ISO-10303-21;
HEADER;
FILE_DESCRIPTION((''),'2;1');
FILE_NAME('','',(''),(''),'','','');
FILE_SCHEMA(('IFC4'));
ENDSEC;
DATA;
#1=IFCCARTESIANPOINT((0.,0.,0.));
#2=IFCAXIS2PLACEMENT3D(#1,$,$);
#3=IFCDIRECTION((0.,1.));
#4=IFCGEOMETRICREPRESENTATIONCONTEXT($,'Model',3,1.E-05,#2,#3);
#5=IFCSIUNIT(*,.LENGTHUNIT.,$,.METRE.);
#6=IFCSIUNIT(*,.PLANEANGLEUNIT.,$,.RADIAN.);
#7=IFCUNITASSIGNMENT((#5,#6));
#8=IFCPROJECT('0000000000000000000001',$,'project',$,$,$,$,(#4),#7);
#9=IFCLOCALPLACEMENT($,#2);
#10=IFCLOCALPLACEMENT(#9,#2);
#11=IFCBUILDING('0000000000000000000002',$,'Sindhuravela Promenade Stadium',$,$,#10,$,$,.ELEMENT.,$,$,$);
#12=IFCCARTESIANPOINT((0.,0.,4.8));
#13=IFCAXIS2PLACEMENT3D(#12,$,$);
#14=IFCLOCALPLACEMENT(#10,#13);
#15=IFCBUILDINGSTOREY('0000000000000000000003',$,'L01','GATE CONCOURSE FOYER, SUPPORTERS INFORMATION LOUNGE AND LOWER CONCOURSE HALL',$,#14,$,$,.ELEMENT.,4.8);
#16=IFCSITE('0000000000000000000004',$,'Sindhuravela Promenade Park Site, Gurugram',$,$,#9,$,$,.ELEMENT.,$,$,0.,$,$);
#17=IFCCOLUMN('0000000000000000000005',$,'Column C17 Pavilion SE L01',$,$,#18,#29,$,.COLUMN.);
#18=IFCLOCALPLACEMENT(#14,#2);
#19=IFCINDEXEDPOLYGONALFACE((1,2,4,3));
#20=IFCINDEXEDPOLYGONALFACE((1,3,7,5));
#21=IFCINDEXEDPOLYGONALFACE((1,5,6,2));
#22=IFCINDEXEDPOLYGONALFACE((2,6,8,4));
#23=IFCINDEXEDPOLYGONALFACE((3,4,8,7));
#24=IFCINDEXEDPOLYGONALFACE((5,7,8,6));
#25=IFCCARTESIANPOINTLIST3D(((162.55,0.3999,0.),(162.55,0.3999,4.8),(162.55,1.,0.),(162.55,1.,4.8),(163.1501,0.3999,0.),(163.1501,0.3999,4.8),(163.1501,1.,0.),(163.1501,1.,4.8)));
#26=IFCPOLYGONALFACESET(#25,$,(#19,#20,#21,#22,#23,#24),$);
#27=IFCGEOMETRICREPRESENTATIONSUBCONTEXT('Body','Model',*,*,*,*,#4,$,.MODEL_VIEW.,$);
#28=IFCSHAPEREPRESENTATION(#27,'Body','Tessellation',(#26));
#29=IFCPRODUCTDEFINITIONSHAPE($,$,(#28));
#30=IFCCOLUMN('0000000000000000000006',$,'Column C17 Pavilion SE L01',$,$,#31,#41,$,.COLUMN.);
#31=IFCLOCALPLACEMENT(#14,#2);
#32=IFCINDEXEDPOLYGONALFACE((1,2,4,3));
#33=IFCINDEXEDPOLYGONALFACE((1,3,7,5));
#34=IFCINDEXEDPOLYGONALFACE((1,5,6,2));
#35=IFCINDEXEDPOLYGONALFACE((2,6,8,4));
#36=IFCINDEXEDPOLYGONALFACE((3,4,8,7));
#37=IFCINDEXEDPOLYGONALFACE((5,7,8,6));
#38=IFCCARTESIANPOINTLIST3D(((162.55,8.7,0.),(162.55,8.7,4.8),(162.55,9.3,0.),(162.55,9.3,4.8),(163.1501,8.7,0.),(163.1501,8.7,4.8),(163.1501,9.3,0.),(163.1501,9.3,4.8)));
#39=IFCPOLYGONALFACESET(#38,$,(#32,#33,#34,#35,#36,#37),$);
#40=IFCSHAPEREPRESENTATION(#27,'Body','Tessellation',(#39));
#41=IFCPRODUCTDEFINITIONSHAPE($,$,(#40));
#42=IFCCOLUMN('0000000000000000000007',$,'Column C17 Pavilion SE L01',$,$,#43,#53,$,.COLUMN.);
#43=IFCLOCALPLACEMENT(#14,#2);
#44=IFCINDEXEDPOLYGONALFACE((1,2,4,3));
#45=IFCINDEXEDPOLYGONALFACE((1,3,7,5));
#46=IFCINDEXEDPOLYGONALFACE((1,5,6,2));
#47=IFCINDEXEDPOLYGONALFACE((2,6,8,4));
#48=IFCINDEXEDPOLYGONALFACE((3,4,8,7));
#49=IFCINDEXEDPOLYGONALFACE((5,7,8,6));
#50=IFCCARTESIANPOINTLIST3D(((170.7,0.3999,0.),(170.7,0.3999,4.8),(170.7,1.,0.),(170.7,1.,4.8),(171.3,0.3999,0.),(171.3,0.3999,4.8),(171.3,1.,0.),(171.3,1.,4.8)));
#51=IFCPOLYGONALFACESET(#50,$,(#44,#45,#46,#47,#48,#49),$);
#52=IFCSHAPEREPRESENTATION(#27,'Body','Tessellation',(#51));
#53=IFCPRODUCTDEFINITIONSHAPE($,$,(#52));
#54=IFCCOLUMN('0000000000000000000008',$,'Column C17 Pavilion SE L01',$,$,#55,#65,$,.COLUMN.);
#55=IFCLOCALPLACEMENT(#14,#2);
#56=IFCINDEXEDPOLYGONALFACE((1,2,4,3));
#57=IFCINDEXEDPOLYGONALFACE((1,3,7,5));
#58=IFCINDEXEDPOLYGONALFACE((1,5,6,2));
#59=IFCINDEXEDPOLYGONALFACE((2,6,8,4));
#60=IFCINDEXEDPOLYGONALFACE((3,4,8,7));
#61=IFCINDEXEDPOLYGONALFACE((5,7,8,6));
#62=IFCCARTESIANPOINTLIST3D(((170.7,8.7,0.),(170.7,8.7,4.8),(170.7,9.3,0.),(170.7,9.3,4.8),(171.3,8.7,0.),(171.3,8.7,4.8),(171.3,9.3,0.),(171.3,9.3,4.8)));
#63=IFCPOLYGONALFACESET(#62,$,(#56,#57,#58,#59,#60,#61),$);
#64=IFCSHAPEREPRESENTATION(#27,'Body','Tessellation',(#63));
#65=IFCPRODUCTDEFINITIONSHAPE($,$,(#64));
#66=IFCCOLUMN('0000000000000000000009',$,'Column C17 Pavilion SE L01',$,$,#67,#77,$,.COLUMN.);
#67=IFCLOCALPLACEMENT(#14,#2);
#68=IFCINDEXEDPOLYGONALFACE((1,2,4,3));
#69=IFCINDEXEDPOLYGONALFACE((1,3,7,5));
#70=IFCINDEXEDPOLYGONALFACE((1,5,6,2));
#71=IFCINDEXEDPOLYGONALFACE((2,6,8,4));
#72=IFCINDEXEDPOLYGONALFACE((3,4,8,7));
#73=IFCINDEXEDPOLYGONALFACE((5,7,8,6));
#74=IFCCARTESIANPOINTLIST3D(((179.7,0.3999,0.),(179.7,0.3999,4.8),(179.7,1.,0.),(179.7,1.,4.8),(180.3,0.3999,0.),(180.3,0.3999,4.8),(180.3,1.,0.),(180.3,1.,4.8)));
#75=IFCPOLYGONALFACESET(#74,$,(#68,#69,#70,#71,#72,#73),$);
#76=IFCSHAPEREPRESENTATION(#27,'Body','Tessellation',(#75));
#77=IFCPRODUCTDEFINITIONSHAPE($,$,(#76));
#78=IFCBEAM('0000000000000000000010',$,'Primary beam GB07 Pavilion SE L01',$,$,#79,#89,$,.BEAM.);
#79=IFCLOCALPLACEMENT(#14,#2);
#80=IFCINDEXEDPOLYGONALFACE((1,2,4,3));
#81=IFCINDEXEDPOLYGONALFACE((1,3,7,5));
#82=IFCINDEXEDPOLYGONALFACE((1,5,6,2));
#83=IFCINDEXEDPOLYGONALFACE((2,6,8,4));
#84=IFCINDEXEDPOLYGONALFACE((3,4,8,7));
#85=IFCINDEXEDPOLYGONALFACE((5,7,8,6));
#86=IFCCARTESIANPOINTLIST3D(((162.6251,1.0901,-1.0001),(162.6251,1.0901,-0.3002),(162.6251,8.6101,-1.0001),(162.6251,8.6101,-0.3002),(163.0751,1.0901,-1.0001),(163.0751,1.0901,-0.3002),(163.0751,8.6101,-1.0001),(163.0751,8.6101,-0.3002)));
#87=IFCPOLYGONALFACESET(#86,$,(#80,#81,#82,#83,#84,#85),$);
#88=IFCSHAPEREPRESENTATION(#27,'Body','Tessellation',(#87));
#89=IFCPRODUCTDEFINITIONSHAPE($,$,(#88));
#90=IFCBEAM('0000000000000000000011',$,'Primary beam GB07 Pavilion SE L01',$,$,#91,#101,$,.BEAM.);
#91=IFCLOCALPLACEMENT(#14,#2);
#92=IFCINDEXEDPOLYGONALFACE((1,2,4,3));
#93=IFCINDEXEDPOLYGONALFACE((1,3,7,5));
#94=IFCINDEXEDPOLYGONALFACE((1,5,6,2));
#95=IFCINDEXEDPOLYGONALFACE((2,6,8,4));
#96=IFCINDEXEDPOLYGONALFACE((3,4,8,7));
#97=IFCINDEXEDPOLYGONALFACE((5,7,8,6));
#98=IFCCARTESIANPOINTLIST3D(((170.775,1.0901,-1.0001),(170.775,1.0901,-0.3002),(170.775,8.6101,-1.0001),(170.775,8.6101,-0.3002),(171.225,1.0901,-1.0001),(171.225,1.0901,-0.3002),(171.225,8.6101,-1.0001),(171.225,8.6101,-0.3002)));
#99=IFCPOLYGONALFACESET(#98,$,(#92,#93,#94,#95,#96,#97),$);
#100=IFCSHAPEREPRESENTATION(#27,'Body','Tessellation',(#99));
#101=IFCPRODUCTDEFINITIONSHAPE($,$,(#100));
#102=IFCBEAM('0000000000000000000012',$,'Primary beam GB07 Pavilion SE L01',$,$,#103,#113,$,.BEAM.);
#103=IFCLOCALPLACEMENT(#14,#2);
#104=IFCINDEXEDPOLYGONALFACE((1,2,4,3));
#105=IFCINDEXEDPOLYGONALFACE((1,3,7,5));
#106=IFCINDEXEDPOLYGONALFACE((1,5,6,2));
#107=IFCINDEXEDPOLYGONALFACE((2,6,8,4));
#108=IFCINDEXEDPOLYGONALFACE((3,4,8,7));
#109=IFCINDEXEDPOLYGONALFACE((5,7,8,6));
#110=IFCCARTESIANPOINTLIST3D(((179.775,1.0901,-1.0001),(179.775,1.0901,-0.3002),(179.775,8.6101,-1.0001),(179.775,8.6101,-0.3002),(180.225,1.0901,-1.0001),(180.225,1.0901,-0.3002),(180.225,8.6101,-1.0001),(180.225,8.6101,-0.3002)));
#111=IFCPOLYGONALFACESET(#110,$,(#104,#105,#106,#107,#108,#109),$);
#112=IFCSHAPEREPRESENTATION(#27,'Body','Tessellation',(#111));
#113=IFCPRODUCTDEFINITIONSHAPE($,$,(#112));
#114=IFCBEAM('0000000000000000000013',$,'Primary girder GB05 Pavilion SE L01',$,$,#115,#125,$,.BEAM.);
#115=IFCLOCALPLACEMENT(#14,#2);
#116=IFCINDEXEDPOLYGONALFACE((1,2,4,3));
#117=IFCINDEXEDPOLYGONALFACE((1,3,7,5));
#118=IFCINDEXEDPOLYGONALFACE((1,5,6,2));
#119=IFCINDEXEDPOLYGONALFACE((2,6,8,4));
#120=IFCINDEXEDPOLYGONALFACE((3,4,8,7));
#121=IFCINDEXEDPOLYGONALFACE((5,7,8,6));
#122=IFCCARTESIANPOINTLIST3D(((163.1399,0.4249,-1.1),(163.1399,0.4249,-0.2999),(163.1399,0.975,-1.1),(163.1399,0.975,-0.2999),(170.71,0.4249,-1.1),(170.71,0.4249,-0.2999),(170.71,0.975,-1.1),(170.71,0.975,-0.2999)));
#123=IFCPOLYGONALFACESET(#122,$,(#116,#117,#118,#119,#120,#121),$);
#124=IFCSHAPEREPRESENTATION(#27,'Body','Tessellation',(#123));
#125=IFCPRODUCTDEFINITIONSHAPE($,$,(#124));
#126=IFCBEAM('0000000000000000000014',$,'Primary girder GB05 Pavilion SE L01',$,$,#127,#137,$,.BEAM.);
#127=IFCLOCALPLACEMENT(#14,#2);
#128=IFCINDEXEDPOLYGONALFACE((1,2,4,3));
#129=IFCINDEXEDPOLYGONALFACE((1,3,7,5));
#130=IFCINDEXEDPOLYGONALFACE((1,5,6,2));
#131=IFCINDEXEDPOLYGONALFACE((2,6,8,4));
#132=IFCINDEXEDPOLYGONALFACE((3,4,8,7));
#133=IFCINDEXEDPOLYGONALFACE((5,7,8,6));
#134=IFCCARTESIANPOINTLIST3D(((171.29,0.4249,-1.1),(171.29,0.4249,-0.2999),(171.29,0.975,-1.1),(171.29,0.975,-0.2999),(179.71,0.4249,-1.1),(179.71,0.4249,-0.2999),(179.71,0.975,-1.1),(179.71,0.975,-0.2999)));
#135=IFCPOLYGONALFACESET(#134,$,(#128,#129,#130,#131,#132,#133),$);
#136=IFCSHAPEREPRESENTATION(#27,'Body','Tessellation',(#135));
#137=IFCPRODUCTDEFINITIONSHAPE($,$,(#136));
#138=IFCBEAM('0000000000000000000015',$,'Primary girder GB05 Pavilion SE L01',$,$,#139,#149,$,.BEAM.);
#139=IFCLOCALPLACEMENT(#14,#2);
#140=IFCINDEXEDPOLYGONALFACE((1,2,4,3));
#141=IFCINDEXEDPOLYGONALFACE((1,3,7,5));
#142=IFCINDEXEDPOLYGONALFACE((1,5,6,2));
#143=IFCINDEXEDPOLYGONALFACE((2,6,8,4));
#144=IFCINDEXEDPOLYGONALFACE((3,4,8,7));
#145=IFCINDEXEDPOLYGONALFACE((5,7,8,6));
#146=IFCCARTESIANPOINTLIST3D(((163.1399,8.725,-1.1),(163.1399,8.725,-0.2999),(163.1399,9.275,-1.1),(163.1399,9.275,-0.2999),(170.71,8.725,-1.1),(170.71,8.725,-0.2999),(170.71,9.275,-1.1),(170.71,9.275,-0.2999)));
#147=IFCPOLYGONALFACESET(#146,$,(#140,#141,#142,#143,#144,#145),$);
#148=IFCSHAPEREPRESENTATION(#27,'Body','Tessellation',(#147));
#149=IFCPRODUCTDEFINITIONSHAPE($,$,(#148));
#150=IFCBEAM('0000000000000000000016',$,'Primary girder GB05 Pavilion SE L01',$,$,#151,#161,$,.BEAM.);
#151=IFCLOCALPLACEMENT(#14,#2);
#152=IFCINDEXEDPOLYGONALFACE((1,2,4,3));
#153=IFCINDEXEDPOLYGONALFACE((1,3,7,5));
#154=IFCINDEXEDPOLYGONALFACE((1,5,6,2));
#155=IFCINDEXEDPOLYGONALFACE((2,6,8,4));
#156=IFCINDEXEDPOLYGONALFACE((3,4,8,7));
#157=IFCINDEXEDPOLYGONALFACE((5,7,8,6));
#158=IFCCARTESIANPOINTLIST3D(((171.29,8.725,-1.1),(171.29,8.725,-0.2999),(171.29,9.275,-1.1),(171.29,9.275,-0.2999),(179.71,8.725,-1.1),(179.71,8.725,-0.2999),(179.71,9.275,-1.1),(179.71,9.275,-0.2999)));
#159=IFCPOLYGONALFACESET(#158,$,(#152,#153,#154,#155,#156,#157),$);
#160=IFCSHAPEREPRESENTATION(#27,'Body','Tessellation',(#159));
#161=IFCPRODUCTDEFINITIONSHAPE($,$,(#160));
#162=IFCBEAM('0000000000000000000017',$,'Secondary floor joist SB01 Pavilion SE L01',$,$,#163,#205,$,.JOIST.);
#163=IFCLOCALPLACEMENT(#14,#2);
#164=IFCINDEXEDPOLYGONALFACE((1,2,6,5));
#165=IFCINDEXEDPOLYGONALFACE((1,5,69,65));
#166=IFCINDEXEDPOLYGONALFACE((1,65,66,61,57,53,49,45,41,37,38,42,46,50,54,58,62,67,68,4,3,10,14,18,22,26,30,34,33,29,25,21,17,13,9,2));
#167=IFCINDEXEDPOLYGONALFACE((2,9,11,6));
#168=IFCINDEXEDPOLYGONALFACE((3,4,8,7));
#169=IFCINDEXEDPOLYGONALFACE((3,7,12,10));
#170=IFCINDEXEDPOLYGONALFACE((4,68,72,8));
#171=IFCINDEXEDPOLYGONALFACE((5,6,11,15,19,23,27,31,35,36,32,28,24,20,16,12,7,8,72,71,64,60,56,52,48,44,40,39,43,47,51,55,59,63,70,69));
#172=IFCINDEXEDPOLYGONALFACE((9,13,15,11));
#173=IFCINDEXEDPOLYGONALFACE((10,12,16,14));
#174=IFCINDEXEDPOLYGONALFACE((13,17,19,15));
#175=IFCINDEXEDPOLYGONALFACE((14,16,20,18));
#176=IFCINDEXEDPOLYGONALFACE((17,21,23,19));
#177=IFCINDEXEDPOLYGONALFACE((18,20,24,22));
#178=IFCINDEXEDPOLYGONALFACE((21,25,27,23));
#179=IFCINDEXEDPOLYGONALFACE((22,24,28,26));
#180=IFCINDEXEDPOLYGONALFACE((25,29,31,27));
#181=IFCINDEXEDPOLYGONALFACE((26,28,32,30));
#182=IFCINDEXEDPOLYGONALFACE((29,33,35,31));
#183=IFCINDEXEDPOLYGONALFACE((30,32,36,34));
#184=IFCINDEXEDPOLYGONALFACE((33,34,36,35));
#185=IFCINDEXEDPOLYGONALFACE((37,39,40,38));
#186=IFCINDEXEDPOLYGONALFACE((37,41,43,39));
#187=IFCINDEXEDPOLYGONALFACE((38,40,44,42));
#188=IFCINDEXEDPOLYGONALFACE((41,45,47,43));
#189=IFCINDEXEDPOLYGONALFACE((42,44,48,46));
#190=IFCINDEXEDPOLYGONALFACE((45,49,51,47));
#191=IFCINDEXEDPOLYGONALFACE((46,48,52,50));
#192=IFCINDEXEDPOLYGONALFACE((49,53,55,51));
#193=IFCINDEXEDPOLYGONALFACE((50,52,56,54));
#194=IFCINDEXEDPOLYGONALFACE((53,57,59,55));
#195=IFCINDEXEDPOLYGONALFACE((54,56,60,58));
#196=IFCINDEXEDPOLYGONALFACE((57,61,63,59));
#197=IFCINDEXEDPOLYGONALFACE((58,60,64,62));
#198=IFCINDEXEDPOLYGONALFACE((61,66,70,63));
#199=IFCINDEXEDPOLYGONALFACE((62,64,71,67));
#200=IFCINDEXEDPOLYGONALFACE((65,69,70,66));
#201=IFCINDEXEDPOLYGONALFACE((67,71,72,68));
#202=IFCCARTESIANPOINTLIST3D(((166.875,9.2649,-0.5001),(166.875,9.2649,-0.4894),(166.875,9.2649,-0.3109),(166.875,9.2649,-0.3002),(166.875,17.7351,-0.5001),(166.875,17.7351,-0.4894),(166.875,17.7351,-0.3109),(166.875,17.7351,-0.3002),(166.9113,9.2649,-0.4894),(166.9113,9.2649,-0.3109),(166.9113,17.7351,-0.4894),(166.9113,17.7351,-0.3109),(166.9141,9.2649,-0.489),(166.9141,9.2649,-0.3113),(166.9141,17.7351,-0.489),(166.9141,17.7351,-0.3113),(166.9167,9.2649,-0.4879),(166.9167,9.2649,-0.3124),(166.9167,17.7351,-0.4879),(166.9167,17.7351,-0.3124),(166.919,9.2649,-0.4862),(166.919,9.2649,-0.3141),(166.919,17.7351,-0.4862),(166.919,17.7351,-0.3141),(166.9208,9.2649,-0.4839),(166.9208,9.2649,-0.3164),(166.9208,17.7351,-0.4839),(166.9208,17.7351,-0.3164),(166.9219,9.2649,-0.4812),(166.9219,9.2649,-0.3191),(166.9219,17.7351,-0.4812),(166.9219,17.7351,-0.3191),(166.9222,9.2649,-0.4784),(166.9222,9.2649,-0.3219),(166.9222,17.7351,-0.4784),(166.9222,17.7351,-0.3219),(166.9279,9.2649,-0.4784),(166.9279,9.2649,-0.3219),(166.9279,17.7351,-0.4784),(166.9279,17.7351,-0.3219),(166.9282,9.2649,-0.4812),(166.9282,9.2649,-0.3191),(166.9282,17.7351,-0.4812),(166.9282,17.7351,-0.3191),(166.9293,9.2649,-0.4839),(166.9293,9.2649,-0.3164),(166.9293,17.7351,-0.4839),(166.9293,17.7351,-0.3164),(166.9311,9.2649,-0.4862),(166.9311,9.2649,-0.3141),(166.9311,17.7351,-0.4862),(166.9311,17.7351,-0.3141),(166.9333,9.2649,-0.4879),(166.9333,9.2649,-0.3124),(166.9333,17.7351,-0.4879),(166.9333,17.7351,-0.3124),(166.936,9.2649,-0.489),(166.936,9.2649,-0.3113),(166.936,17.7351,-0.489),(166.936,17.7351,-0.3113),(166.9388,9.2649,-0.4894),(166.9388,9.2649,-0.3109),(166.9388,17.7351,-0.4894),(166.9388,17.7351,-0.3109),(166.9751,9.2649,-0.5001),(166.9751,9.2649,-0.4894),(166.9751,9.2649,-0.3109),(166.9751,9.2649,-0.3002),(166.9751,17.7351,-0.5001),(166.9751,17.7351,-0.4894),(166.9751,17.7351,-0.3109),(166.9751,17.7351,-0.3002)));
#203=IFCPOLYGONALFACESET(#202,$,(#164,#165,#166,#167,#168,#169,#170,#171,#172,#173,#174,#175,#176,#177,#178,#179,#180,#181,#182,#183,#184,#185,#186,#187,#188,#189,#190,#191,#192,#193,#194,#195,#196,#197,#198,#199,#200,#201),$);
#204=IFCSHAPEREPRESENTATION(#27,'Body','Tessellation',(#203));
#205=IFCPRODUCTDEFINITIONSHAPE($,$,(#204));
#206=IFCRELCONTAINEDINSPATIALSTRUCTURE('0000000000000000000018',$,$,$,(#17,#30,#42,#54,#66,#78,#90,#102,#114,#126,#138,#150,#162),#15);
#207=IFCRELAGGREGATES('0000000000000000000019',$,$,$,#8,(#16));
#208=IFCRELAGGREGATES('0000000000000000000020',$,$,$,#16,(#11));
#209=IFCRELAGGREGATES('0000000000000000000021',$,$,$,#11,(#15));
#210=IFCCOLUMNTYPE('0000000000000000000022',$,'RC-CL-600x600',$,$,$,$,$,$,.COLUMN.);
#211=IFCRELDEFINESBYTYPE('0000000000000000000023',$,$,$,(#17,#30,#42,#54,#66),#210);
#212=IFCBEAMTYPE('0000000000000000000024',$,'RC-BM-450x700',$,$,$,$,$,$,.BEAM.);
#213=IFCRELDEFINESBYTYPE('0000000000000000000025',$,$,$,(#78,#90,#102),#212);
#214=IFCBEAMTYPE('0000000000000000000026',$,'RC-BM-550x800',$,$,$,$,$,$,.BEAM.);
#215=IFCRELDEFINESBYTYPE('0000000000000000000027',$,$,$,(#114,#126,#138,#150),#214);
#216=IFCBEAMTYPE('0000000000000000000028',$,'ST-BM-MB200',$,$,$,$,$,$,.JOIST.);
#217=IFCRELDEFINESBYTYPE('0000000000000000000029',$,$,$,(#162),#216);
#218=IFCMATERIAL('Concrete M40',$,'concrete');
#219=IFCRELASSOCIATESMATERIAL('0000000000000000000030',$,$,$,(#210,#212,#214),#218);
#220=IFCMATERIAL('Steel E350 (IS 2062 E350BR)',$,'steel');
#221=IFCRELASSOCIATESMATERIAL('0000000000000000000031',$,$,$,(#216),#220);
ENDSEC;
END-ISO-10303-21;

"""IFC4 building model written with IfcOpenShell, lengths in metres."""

from ifc_helpers import new_model, si_unit, direction, frame, origin, origin_2d, place, context, subcontext, project, spatial, rectangle, i_section, extrude, material, material_profile, profile_set, type_object, element, save


model = new_model("IFC4")

# Units and contexts
model_context = context("Model", 3, precision=1e-05, world=origin(), true_north=direction((0.0, 1.0)))
body_context = subcontext(model_context, "Body", "Model", "MODEL_VIEW")
ifc_project = project(units=[si_unit("LENGTHUNIT", "METRE"), si_unit("PLANEANGLEUNIT", "RADIAN")], contexts=[model_context])

# Site, building, storey
site_placement = place(None, origin())
site = spatial("IfcSite", under=ifc_project, at=site_placement, Name="Sindhuravela Promenade Park Site, Gurugram", CompositionType="ELEMENT", RefElevation=0.0)
building_placement = place(site_placement, origin())
building = spatial("IfcBuilding", under=site, at=building_placement, Name="Sindhuravela Promenade Stadium", CompositionType="ELEMENT")
storey_placement = place(building_placement, frame((0.0, 0.0, 4.8)))
storey = spatial("IfcBuildingStorey", under=building, at=storey_placement, Name="L01", Description="GATE CONCOURSE FOYER, SUPPORTERS INFORMATION LOUNGE AND LOWER CONCOURSE HALL", CompositionType="ELEMENT", Elevation=4.8)

# Columns
ifc_material_1 = material(Name="Concrete M40", Category="concrete")
ifc_material_profile_1 = material_profile(ifc_material_1, rectangle(XDim=0.6001, YDim=0.6001, at=origin_2d()), Name="RC 600x600")
ifc_profile_set_1 = profile_set([ifc_material_profile_1], Name="Concrete M40")
column_type = type_object("IfcColumnType", Name="RC-CL-600x600", PredefinedType="COLUMN", material=ifc_profile_set_1)
for number, where, z_axis, x_axis, name in (
    (1, (162.8501, 0.7, 0.0), (0.0, 0.0, 1.0), (1.0, 0.0, 0.0), "Column C17 Pavilion SE L01"),
    (2, (162.8501, 9.0, 0.0), (0.0, 0.0, 1.0), (1.0, 0.0, 0.0), "Column C17 Pavilion SE L01"),
    (3, (171.0, 0.7, 0.0), (0.0, 0.0, 1.0), (1.0, 0.0, 0.0), "Column C17 Pavilion SE L01"),
    (4, (171.0, 9.0, 0.0), (0.0, 0.0, 1.0), (1.0, 0.0, 0.0), "Column C17 Pavilion SE L01"),
    (5, (180.0, 0.7, 0.0), (0.0, 0.0, 1.0), (1.0, 0.0, 0.0), "Column C17 Pavilion SE L01"),
):
    element("IfcColumn", number, at=place(storey_placement, frame(where, z_axis=z_axis, x_axis=x_axis)), inside=storey, type_object=column_type, Name=name, PredefinedType="COLUMN", context=body_context, shape_type="SweptSolid", body=[
        extrude(rectangle(XDim=0.6001, YDim=0.6001, at=origin_2d()), origin(), (0.0, 0.0, 1.0), 4.8),
    ])

# Beams
ifc_material_profile_2 = material_profile(ifc_material_1, rectangle(XDim=0.45, YDim=0.7, at=origin_2d()), Name="RC 450x700")
ifc_profile_set_2 = profile_set([ifc_material_profile_2], Name="Concrete M40")
beam_type_1 = type_object("IfcBeamType", Name="RC-BM-450x700", PredefinedType="BEAM", material=ifc_profile_set_2)
for number, where, z_axis, x_axis, name in (
    (6, (162.8501, 1.0901, -0.6501), (0.0, 1.0, 0.0), (-1.0, 0.0, 0.0), "Primary beam GB07 Pavilion SE L01"),
    (7, (171.0, 1.0901, -0.6501), (0.0, 1.0, 0.0), (-1.0, 0.0, 0.0), "Primary beam GB07 Pavilion SE L01"),
    (8, (180.0, 1.0901, -0.6501), (0.0, 1.0, 0.0), (-1.0, 0.0, 0.0), "Primary beam GB07 Pavilion SE L01"),
):
    element("IfcBeam", number, at=place(storey_placement, frame(where, z_axis=z_axis, x_axis=x_axis)), inside=storey, type_object=beam_type_1, Name=name, PredefinedType="BEAM", context=body_context, shape_type="SweptSolid", body=[
        extrude(rectangle(XDim=0.45, YDim=0.7, at=origin_2d()), origin(), (0.0, 0.0, 1.0), 7.52),
    ])
ifc_material_profile_3 = material_profile(ifc_material_1, rectangle(XDim=0.55, YDim=0.8, at=origin_2d()), Name="RC 550x800")
ifc_profile_set_3 = profile_set([ifc_material_profile_3], Name="Concrete M40")
beam_type_2 = type_object("IfcBeamType", Name="RC-BM-550x800", PredefinedType="BEAM", material=ifc_profile_set_3)
beam_1_placement = place(storey_placement, frame((163.1399, 0.7, -0.7), z_axis=(1.0, 0.0, 0.0), x_axis=(0.0, 1.0, 0.0)))
element("IfcBeam", 9, at=beam_1_placement, inside=storey, type_object=beam_type_2, Name="Primary girder GB05 Pavilion SE L01", PredefinedType="BEAM", context=body_context, shape_type="SweptSolid", body=[
    extrude(rectangle(XDim=0.55, YDim=0.8, at=origin_2d()), origin(), (0.0, 0.0, 1.0), 7.5701),
])
beam_2_placement = place(storey_placement, frame((171.29, 0.7, -0.7), z_axis=(1.0, 0.0, 0.0), x_axis=(0.0, 1.0, 0.0)))
element("IfcBeam", 10, at=beam_2_placement, inside=storey, type_object=beam_type_2, Name="Primary girder GB05 Pavilion SE L01", PredefinedType="BEAM", context=body_context, shape_type="SweptSolid", body=[
    extrude(rectangle(XDim=0.55, YDim=0.8, at=origin_2d()), origin(), (0.0, 0.0, 1.0), 8.4199),
])
beam_3_placement = place(storey_placement, frame((163.1399, 9.0, -0.7), z_axis=(1.0, 0.0, 0.0), x_axis=(0.0, 1.0, 0.0)))
element("IfcBeam", 11, at=beam_3_placement, inside=storey, type_object=beam_type_2, Name="Primary girder GB05 Pavilion SE L01", PredefinedType="BEAM", context=body_context, shape_type="SweptSolid", body=[
    extrude(rectangle(XDim=0.55, YDim=0.8, at=origin_2d()), origin(), (0.0, 0.0, 1.0), 7.5701),
])
beam_4_placement = place(storey_placement, frame((171.29, 9.0, -0.7), z_axis=(1.0, 0.0, 0.0), x_axis=(0.0, 1.0, 0.0)))
element("IfcBeam", 12, at=beam_4_placement, inside=storey, type_object=beam_type_2, Name="Primary girder GB05 Pavilion SE L01", PredefinedType="BEAM", context=body_context, shape_type="SweptSolid", body=[
    extrude(rectangle(XDim=0.55, YDim=0.8, at=origin_2d()), origin(), (0.0, 0.0, 1.0), 8.4199),
])
ifc_material_2 = material(Name="Steel E350 (IS 2062 E350BR)", Category="steel")
ifc_material_profile_4 = material_profile(ifc_material_2, i_section(OverallWidth=0.1001, OverallDepth=0.2, WebThickness=0.0056, FlangeThickness=0.0107, FilletRadius=0.011, at=origin_2d()), Name="ISMB 200")
ifc_profile_set_4 = profile_set([ifc_material_profile_4], Name="Steel E350 (IS 2062 E350BR)")
beam_type_3 = type_object("IfcBeamType", Name="ST-BM-MB200", PredefinedType="JOIST", material=ifc_profile_set_4)
beam_5_placement = place(storey_placement, frame((166.925, 9.2649, -0.4001), z_axis=(0.0, 1.0, 0.0), x_axis=(-1.0, 0.0, 0.0)))
element("IfcBeam", 13, at=beam_5_placement, inside=storey, type_object=beam_type_3, Name="Secondary floor joist SB01 Pavilion SE L01", PredefinedType="JOIST", context=body_context, shape_type="SweptSolid", body=[
    extrude(i_section(OverallWidth=0.1001, OverallDepth=0.2, WebThickness=0.0056, FlangeThickness=0.0107, FilletRadius=0.011, at=origin_2d()), origin(), (0.0, 0.0, 1.0), 8.4702),
])

save(model, "model.ifc")
